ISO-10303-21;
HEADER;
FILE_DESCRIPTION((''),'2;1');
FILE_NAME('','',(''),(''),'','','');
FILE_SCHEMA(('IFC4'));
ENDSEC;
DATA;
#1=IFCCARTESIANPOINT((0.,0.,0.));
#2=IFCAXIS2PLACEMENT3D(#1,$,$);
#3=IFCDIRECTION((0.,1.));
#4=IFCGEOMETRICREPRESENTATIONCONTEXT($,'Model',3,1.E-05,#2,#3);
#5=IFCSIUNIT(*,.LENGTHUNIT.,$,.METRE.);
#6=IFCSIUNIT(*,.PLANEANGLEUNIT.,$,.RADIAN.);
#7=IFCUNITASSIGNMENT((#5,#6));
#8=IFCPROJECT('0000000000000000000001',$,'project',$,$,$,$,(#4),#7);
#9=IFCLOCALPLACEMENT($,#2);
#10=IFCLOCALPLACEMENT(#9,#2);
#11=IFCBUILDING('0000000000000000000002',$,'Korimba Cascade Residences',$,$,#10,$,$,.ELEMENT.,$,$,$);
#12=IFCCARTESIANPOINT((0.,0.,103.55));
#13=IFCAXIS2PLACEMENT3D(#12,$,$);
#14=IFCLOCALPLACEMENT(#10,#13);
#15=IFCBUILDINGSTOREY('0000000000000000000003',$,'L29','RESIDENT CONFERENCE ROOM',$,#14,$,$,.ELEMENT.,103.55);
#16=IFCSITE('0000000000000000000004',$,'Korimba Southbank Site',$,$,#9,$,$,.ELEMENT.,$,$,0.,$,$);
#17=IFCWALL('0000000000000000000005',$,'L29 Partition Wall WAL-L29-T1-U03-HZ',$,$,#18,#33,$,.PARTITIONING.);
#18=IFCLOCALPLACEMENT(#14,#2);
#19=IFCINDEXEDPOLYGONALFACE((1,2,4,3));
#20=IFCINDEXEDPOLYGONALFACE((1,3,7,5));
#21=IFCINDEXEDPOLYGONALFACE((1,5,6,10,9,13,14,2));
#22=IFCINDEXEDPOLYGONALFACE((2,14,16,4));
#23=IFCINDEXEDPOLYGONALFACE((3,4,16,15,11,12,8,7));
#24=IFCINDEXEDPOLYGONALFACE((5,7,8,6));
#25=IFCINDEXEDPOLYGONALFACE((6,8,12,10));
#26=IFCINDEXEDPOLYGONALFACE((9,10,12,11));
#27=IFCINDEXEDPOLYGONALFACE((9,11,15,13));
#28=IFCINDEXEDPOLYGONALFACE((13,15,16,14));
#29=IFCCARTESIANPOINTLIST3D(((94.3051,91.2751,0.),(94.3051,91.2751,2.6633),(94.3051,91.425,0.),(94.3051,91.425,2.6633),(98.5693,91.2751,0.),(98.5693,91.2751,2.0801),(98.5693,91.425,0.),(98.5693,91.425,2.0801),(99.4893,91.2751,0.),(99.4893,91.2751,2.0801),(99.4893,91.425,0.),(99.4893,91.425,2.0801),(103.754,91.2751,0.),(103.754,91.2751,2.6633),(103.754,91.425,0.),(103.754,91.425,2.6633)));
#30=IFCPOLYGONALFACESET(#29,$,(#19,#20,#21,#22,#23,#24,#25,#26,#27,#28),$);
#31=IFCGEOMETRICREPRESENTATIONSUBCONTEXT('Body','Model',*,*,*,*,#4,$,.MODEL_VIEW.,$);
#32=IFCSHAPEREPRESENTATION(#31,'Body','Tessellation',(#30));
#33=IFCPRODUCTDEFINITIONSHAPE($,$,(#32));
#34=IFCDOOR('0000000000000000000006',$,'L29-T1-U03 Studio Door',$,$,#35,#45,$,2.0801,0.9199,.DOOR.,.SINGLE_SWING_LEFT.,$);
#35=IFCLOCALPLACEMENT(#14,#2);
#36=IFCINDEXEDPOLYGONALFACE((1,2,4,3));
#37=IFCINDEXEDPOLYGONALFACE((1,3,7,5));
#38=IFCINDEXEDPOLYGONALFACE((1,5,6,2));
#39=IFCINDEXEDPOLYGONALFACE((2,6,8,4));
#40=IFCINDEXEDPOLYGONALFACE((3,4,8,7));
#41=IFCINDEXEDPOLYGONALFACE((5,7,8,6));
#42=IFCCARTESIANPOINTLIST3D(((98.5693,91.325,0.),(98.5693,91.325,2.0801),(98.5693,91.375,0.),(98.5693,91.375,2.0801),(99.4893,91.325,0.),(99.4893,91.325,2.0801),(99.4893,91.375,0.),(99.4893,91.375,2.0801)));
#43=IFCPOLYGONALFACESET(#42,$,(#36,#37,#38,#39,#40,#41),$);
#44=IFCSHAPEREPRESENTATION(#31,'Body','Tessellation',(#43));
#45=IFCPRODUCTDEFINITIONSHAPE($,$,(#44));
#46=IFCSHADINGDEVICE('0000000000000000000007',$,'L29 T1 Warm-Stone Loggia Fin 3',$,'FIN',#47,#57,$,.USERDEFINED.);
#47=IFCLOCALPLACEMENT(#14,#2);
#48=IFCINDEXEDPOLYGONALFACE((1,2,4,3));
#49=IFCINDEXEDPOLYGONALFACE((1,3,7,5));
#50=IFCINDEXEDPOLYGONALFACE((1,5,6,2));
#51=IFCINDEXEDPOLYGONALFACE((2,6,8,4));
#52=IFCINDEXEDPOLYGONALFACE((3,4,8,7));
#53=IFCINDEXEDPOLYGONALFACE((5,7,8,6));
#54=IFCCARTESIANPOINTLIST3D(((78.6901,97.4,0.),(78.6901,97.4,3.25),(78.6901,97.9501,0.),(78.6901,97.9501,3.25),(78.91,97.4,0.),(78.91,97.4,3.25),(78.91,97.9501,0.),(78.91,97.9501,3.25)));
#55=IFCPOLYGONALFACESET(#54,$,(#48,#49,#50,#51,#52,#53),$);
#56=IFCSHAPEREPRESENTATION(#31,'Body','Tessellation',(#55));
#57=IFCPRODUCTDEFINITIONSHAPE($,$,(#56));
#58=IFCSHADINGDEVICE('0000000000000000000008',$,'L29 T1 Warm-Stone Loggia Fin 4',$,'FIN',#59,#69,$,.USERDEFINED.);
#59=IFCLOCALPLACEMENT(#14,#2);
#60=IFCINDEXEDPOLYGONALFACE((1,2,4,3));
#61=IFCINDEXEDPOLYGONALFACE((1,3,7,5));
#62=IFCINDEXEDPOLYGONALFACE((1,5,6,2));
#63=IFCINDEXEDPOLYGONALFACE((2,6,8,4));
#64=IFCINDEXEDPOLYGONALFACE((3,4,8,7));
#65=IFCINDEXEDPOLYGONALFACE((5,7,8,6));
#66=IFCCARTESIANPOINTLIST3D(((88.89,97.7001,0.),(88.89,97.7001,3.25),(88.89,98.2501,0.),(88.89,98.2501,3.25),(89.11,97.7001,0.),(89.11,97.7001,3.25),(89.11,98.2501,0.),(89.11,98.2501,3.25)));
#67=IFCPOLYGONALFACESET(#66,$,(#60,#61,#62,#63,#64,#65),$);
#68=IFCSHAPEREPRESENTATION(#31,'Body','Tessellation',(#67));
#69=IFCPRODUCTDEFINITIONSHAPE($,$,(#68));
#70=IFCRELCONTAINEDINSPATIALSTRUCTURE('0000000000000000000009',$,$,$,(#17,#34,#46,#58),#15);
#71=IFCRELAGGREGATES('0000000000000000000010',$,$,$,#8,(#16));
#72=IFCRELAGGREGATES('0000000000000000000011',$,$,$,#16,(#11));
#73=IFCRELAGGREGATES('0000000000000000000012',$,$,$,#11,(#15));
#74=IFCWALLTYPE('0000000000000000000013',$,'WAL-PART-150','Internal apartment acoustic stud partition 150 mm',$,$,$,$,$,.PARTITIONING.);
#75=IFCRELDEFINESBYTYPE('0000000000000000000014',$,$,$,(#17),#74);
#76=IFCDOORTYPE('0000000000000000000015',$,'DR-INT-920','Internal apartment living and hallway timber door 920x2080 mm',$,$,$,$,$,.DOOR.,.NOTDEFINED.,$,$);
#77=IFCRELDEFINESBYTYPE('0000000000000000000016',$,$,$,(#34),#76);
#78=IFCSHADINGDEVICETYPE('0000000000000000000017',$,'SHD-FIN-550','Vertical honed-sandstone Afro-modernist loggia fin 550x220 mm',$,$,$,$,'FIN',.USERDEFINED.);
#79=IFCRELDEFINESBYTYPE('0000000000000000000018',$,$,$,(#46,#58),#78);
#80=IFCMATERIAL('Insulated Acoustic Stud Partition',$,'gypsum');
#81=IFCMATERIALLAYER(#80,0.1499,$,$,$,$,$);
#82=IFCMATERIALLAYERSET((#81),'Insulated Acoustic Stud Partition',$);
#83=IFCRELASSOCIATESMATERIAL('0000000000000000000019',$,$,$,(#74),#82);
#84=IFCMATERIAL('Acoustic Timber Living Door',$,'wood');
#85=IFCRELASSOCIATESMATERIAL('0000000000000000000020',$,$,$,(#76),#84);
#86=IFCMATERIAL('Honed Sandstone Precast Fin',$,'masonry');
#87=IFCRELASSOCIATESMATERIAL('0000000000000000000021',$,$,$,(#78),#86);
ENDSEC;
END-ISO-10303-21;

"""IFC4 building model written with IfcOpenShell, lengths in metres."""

from ifc_helpers import new_model, si_unit, direction, frame, frame_2d, origin, origin_2d, place, context, subcontext, project, spatial, rectangle, extrude, material, layer, layer_set, type_object, element, fill, save


model = new_model("IFC4")

# Units and contexts
model_context = context("Model", 3, precision=1e-05, world=origin(), true_north=direction((0.0, 1.0)))
body_context = subcontext(model_context, "Body", "Model", "MODEL_VIEW")
ifc_project = project(units=[si_unit("LENGTHUNIT", "METRE"), si_unit("PLANEANGLEUNIT", "RADIAN")], contexts=[model_context])

# Site, building, storey
site_placement = place(None, origin())
site = spatial("IfcSite", under=ifc_project, at=site_placement, Name="Korimba Southbank Site", CompositionType="ELEMENT", RefElevation=0.0)
building_placement = place(site_placement, origin())
building = spatial("IfcBuilding", under=site, at=building_placement, Name="Korimba Cascade Residences", CompositionType="ELEMENT")
storey_placement = place(building_placement, frame((0.0, 0.0, 103.55)))
storey = spatial("IfcBuildingStorey", under=building, at=storey_placement, Name="L29", Description="RESIDENT CONFERENCE ROOM", CompositionType="ELEMENT", Elevation=103.55)

# Shared definitions
ifc_material_1 = material(Name="Insulated Acoustic Stud Partition", Category="gypsum")
ifc_layer_1 = layer(ifc_material_1, 0.1499)
ifc_layer_set_1 = layer_set([ifc_layer_1], Name="Insulated Acoustic Stud Partition")
wall_type_1 = type_object("IfcWallType", Name="WAL-PART-150", Description="Internal apartment acoustic stud partition 150 mm", PredefinedType="PARTITIONING", material=ifc_layer_set_1)

# Wall, opening, door
ifc_material_2 = material(Name="Acoustic Timber Living Door", Category="wood")
door_type_1 = type_object("IfcDoorType", Name="DR-INT-920", Description="Internal apartment living and hallway timber door 920x2080 mm", OperationType="NOTDEFINED", PredefinedType="DOOR", material=ifc_material_2)
wall_1_placement = place(storey_placement, frame((94.3049, 91.3501, 0.0), z_axis=(0.0, 0.0, 1.0), x_axis=(1.0, 0.0, 0.0)))
wall_1 = element("IfcWall", 1, at=wall_1_placement, inside=storey, type_object=wall_type_1, Name="L29 Partition Wall WAL-L29-T1-U03-HZ", PredefinedType="PARTITIONING", context=body_context, shape_type="SweptSolid", body=[
    extrude(rectangle(XDim=9.449, YDim=0.1499, at=frame_2d((4.7246, 0.0))), origin(), (0.0, 0.0, 1.0), 2.6633),
])
opening_1_placement = place(wall_1_placement, frame((4.2644, 0.0, 0.0)))
opening_1 = element("IfcOpeningElement", 2, at=opening_1_placement, cuts=wall_1, PredefinedType="OPENING", context=body_context, shape_type="SweptSolid", body=[
    extrude(rectangle(XDim=0.9199, YDim=2.0801, at=frame_2d((0.46, 1.04))), frame((0.0, 0.085, 0.0), z_axis=(0.0, -1.0, 0.0), x_axis=(1.0, 0.0, 0.0)), (0.0, 0.0, 1.0), 0.1699),
])
door_1_placement = place(opening_1_placement, origin())
door_1 = element("IfcDoor", 3, at=door_1_placement, inside=storey, type_object=door_type_1, Name="L29-T1-U03 Studio Door", OperationType="SINGLE_SWING_LEFT", OverallHeight=2.0801, OverallWidth=0.9199, PredefinedType="DOOR", context=body_context, shape_type="SweptSolid", body=[
    extrude(rectangle(XDim=0.9199, YDim=2.0801, at=frame_2d((0.46, 1.04))), frame((0.0, 0.0249, 0.0), z_axis=(0.0, -1.0, 0.0), x_axis=(1.0, 0.0, 0.0)), (0.0, 0.0, 1.0), 0.05),
])
fill(opening_1, door_1)

# Shading devices
ifc_material_3 = material(Name="Honed Sandstone Precast Fin", Category="masonry")
shading_device_type = type_object("IfcShadingDeviceType", Name="SHD-FIN-550", Description="Vertical honed-sandstone Afro-modernist loggia fin 550x220 mm", ElementType="FIN", PredefinedType="USERDEFINED", material=ifc_material_3)
for number, where, z_axis, x_axis, name in (
    (4, (78.8, 97.675, 0.0), (0.0, 0.0, 1.0), (1.0, 0.0, 0.0), "L29 T1 Warm-Stone Loggia Fin 3"),
    (5, (89.0, 97.9751, 0.0), (0.0, 0.0, 1.0), (1.0, 0.0, 0.0), "L29 T1 Warm-Stone Loggia Fin 4"),
):
    element("IfcShadingDevice", number, at=place(storey_placement, frame(where, z_axis=z_axis, x_axis=x_axis)), inside=storey, type_object=shading_device_type, Name=name, ObjectType="FIN", PredefinedType="USERDEFINED", context=body_context, shape_type="SweptSolid", body=[
        extrude(rectangle(XDim=0.22, YDim=0.55, at=origin_2d()), origin(), (0.0, 0.0, 1.0), 3.25),
    ])

save(model, "model.ifc")
